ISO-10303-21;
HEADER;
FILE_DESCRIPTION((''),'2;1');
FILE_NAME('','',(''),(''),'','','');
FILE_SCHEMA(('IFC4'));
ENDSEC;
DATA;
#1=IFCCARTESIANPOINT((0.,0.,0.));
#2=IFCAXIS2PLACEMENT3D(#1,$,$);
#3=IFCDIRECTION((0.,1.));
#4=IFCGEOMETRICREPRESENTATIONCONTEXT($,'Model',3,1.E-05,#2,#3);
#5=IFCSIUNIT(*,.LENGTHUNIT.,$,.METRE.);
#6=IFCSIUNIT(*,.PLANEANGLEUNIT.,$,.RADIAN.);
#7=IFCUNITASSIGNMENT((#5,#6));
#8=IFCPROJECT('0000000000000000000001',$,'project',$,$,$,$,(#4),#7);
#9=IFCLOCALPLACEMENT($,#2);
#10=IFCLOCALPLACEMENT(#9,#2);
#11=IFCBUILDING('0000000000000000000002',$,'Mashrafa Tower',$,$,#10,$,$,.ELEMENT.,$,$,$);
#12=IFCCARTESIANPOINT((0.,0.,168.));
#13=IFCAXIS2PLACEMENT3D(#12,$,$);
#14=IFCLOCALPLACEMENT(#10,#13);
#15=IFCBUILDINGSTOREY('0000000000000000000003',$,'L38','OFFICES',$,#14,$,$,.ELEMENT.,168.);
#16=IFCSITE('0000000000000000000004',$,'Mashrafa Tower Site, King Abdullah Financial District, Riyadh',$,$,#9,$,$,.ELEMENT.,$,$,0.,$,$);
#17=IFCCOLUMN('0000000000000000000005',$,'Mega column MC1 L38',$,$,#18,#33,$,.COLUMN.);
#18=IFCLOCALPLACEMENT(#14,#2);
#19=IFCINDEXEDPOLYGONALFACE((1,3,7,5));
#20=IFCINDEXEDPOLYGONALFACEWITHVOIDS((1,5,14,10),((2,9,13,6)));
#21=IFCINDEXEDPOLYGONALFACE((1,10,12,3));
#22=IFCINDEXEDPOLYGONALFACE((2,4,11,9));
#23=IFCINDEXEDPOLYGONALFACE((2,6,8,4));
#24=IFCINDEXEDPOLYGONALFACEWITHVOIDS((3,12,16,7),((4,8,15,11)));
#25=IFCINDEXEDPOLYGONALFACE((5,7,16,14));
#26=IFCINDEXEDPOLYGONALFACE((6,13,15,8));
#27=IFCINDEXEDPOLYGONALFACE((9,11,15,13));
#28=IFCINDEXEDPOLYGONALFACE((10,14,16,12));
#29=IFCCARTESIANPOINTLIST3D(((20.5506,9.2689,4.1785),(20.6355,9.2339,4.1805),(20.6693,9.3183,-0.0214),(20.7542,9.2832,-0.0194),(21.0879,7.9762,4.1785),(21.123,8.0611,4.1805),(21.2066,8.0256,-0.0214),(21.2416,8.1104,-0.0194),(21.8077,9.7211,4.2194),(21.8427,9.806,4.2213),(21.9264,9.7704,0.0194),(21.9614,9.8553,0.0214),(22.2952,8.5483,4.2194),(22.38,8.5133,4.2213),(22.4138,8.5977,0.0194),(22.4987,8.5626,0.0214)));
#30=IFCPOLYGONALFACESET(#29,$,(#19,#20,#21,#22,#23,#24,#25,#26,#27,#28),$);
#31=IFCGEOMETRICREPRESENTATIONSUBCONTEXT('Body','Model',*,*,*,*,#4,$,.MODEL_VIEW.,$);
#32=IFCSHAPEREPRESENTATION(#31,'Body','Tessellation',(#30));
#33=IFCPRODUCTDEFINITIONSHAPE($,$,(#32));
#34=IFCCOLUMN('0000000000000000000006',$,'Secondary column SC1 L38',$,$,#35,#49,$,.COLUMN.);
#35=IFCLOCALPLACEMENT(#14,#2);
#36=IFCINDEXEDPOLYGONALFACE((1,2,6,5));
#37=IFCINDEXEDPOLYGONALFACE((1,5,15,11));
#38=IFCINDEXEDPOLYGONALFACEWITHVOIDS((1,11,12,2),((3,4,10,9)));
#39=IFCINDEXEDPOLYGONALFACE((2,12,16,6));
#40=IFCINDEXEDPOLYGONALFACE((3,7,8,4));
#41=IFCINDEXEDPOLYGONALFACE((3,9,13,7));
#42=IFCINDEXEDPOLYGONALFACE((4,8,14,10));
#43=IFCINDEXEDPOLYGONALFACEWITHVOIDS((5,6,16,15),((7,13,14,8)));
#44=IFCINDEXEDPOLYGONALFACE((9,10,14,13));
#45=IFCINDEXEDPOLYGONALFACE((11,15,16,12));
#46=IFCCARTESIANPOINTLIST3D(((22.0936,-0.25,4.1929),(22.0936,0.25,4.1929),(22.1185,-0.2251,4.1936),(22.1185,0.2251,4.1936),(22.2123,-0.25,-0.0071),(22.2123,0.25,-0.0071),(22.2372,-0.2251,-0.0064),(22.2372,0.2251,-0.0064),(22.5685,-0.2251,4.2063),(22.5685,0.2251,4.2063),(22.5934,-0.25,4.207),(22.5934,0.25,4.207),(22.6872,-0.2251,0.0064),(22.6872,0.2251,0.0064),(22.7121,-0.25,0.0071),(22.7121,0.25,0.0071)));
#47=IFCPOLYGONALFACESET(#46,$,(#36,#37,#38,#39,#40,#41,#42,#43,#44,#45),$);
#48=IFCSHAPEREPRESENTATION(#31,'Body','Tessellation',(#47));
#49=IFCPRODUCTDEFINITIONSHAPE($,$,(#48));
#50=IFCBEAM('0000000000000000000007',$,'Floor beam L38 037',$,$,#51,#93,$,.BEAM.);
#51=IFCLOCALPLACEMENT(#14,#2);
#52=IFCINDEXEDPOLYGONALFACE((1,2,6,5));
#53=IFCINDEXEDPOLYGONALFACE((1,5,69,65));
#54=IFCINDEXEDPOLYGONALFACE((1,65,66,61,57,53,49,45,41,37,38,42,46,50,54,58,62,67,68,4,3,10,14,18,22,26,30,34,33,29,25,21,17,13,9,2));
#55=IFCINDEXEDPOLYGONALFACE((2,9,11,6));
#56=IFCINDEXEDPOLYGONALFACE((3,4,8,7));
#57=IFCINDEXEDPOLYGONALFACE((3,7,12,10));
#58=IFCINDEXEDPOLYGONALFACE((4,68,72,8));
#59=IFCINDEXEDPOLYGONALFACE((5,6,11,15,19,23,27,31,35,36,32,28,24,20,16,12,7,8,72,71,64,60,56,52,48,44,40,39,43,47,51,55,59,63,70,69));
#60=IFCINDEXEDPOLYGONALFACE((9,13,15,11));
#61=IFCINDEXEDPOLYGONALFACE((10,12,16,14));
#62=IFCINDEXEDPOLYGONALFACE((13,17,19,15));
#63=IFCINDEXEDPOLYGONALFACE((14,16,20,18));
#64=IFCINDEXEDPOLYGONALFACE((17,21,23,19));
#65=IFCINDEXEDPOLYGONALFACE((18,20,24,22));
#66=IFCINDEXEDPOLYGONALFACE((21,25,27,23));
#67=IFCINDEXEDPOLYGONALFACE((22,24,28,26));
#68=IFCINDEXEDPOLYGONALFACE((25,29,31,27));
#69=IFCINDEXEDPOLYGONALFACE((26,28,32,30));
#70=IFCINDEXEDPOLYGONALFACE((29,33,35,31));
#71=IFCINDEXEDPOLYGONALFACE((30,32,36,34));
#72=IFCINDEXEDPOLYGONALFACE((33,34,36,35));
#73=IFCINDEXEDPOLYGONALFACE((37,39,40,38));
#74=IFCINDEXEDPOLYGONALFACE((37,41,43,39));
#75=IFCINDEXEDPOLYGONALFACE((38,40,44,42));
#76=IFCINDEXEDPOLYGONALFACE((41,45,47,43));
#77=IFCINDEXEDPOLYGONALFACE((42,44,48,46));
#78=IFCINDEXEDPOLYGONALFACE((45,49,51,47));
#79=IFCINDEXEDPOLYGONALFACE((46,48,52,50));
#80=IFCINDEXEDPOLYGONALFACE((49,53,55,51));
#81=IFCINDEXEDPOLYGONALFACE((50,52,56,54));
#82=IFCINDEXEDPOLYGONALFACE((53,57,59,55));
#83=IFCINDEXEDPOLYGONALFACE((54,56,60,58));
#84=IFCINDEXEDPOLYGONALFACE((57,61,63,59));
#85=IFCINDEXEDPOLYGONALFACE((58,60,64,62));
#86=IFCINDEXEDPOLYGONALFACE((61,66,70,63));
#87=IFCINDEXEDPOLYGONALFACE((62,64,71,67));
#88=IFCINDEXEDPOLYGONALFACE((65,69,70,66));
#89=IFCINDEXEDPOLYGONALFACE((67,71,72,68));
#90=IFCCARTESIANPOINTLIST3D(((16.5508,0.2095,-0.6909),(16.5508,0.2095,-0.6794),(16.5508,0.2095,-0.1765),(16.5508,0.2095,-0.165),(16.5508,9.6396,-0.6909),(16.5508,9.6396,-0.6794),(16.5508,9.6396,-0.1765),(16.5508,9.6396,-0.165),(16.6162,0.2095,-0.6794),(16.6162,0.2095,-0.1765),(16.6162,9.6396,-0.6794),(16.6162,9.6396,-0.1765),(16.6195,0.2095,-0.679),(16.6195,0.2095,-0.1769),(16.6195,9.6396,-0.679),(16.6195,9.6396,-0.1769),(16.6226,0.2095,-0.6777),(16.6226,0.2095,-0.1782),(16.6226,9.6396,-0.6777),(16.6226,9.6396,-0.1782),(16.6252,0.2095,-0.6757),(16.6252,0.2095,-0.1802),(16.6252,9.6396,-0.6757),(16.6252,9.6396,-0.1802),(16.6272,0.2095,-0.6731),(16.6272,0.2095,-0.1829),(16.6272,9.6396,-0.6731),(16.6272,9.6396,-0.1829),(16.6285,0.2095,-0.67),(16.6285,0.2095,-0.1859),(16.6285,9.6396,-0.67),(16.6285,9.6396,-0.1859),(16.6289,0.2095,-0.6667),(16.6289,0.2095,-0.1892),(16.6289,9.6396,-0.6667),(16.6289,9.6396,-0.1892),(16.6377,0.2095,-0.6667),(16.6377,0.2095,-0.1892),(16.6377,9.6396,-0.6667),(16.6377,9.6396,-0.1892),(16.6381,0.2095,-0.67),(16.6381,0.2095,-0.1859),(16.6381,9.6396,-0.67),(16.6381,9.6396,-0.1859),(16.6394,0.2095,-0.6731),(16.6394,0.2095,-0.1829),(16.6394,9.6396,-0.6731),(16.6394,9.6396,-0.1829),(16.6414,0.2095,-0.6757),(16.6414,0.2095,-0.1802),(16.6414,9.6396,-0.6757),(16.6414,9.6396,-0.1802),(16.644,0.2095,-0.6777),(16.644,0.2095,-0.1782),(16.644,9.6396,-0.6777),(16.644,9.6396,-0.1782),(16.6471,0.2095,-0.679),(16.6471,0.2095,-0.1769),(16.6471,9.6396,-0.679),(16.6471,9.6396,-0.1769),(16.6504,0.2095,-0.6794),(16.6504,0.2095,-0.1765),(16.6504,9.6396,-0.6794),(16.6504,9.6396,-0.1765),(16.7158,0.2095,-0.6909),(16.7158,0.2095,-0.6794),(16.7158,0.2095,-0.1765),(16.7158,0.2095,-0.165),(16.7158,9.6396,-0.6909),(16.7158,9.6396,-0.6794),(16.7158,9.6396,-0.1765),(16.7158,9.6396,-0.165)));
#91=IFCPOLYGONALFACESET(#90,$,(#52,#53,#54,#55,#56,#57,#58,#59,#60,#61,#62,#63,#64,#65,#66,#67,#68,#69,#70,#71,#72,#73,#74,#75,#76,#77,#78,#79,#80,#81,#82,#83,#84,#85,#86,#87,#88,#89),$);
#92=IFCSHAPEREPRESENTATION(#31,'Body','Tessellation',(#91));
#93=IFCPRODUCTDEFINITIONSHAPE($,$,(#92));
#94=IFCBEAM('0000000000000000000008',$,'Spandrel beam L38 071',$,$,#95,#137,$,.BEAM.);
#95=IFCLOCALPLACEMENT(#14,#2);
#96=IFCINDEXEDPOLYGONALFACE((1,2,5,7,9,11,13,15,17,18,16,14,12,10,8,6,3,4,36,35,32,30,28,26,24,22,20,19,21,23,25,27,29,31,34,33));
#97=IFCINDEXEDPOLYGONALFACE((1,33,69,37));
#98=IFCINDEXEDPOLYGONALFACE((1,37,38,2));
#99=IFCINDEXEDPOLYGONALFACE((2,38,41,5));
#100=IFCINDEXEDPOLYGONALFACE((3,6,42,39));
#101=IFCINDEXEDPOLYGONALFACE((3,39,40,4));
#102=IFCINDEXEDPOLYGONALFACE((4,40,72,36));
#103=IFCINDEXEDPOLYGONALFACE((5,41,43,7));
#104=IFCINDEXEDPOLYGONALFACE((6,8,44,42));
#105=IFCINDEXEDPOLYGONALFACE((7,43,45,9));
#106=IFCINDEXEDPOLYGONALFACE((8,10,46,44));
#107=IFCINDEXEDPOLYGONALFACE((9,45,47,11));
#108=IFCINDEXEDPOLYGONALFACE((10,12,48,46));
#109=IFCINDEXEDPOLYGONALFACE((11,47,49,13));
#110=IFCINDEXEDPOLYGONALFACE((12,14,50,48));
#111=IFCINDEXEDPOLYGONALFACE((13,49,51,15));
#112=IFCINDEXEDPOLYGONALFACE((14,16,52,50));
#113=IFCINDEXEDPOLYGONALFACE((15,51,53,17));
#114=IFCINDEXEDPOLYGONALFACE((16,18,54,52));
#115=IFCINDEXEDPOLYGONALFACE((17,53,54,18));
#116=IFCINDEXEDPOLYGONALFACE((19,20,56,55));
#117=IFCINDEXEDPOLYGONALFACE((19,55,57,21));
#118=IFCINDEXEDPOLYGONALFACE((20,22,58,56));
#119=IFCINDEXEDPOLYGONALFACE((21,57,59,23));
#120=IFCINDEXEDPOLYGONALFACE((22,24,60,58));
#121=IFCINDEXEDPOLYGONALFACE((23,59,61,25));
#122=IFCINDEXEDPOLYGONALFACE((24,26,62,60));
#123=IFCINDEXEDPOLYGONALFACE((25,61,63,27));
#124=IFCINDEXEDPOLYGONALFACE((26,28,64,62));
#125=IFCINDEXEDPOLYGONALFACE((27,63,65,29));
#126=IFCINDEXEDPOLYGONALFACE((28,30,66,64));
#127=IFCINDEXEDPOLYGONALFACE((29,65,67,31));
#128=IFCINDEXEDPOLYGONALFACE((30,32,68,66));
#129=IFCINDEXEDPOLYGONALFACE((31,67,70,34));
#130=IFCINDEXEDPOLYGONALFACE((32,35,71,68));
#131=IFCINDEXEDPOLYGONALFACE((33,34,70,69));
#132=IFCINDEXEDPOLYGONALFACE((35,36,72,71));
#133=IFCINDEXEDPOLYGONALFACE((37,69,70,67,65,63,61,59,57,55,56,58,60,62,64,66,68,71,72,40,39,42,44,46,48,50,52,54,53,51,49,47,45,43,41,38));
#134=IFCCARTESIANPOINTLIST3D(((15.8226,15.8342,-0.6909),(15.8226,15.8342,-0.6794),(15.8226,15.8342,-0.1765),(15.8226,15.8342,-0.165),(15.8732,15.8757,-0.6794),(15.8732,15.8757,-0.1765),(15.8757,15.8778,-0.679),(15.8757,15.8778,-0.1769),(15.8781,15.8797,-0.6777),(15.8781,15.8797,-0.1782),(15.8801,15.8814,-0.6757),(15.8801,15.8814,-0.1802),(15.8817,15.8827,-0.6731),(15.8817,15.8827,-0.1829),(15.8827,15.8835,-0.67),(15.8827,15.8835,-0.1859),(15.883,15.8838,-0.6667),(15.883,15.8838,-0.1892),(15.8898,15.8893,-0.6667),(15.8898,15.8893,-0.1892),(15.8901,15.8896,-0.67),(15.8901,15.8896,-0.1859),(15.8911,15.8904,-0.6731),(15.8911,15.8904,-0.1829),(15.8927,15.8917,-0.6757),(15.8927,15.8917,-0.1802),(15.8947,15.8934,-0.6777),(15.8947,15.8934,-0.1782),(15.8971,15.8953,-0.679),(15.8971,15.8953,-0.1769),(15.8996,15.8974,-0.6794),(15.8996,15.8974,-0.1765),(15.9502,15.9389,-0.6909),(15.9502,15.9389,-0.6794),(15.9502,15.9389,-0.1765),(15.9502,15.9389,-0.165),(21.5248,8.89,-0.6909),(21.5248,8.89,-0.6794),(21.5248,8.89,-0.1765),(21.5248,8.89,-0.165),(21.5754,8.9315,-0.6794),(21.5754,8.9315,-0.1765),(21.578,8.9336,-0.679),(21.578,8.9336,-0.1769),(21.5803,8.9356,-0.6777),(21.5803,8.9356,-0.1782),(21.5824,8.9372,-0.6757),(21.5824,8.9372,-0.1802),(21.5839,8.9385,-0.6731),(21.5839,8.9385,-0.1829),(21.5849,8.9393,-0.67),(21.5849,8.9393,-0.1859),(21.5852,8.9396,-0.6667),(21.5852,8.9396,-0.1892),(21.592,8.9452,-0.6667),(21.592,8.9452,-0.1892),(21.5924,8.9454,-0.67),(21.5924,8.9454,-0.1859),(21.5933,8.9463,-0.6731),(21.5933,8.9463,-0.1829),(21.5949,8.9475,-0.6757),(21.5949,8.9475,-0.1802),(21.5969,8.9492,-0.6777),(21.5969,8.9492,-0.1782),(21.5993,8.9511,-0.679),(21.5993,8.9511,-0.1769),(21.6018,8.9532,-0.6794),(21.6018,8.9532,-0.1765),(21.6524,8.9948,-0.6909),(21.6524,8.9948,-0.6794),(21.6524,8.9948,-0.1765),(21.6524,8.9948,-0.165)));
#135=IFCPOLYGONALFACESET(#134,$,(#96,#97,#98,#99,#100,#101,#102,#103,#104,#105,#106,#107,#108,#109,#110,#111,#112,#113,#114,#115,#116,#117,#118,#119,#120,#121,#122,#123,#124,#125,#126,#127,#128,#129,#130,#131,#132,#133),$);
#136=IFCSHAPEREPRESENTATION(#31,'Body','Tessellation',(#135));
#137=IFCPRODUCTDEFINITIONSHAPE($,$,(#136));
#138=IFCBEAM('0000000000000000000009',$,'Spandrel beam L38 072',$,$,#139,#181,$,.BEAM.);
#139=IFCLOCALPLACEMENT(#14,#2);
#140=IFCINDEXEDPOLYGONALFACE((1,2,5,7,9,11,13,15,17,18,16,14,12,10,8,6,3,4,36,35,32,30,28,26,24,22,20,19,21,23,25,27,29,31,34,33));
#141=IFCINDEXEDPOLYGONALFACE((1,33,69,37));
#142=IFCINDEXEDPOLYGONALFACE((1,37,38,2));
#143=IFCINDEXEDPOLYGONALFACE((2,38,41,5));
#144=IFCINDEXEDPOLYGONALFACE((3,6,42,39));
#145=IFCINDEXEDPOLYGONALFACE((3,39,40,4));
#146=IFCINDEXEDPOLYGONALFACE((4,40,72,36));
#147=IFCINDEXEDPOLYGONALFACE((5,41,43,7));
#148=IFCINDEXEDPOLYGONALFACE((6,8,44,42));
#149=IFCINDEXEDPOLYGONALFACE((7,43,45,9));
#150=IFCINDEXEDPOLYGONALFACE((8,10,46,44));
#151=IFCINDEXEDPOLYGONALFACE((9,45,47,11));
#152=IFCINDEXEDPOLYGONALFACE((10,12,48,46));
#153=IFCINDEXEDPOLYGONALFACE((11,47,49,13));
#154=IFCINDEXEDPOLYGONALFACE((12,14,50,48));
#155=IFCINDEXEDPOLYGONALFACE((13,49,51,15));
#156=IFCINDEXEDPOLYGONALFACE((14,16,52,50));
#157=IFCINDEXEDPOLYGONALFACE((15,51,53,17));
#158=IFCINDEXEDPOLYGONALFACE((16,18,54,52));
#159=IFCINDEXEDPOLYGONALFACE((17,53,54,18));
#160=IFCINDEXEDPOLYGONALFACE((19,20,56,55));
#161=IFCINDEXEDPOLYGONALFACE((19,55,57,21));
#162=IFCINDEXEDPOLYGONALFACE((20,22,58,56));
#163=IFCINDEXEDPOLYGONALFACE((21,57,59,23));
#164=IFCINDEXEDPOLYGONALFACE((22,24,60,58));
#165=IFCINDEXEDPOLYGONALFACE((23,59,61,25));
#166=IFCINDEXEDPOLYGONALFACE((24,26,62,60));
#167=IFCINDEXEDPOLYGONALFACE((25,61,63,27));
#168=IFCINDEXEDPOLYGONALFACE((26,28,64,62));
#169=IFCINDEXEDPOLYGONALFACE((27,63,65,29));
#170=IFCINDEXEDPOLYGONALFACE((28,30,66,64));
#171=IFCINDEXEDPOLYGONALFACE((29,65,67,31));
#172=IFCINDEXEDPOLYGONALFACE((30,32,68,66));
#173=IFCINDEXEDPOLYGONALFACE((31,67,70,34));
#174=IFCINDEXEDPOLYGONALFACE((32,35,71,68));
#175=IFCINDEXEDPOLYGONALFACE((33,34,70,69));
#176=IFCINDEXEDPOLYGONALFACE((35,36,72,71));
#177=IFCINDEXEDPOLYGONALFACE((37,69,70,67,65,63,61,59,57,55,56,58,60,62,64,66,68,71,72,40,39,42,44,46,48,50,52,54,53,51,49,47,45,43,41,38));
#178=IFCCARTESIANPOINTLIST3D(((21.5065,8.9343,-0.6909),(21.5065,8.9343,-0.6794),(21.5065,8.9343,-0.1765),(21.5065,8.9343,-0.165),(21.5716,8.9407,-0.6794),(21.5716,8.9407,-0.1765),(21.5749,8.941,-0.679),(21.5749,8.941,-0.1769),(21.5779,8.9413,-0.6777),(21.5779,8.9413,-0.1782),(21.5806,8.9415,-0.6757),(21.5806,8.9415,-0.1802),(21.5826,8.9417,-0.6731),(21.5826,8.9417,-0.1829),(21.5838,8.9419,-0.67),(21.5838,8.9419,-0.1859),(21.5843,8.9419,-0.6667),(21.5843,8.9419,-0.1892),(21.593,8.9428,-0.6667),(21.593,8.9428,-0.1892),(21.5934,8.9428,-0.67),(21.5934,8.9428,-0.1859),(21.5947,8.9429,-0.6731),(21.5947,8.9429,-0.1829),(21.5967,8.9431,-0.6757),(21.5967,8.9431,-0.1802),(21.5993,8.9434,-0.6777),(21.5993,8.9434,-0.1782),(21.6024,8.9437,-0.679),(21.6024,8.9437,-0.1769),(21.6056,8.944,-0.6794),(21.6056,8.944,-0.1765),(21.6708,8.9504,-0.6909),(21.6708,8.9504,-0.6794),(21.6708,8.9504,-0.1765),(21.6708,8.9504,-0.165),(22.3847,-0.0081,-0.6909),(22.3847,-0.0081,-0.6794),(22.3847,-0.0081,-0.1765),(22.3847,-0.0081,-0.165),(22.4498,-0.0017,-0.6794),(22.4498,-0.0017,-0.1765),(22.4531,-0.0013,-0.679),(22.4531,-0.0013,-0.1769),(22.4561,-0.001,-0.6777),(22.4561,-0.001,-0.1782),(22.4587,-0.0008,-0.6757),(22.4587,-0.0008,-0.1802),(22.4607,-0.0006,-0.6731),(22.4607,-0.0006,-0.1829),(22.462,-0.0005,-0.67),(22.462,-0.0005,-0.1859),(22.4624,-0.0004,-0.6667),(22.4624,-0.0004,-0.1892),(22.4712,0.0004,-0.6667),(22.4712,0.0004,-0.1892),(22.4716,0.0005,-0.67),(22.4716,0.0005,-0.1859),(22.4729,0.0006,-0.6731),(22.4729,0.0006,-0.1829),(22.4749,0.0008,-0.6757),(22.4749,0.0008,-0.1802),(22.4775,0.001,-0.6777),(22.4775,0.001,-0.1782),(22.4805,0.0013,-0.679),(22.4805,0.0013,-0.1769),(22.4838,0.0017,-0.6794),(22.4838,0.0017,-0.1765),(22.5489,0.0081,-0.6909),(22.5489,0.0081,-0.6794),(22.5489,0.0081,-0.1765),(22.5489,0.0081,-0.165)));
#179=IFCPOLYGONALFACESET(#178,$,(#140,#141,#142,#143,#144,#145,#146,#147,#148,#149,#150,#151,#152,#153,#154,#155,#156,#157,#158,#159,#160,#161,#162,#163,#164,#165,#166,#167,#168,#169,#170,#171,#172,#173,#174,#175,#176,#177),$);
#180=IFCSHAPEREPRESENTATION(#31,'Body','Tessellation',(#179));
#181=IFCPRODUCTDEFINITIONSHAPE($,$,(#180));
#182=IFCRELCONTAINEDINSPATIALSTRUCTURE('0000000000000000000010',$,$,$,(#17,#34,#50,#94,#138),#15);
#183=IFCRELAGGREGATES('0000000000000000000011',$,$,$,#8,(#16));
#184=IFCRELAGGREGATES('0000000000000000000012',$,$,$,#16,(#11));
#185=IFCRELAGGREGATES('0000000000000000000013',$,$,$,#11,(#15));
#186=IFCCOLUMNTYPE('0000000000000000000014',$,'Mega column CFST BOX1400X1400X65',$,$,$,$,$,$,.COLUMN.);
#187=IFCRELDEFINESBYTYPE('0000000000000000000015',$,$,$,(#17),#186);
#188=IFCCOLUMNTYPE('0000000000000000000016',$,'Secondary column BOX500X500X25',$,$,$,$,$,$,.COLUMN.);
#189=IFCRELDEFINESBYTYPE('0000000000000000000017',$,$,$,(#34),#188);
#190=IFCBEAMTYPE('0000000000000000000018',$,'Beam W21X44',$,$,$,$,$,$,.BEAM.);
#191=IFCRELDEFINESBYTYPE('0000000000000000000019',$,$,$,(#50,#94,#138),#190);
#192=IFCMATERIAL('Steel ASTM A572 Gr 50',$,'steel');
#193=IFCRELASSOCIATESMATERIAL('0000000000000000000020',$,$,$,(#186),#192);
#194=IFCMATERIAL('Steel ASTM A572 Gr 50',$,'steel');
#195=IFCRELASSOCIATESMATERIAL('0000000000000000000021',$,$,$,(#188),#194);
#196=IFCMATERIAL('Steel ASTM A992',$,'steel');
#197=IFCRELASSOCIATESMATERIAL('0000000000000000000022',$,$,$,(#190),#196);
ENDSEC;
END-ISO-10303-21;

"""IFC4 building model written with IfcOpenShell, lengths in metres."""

from ifc_helpers import new_model, si_unit, direction, frame, origin, origin_2d, place, context, subcontext, project, spatial, hollow_rectangle, i_section, extrude, material, material_profile, profile_set, type_object, element, save


model = new_model("IFC4")

# Units and contexts
model_context = context("Model", 3, precision=1e-05, world=origin(), true_north=direction((0.0, 1.0)))
body_context = subcontext(model_context, "Body", "Model", "MODEL_VIEW")
ifc_project = project(units=[si_unit("LENGTHUNIT", "METRE"), si_unit("PLANEANGLEUNIT", "RADIAN")], contexts=[model_context])

# Site, building, storey
site_placement = place(None, origin())
site = spatial("IfcSite", under=ifc_project, at=site_placement, Name="Mashrafa Tower Site, King Abdullah Financial District, Riyadh", CompositionType="ELEMENT", RefElevation=0.0)
building_placement = place(site_placement, origin())
building = spatial("IfcBuilding", under=site, at=building_placement, Name="Mashrafa Tower", CompositionType="ELEMENT")
storey_placement = place(building_placement, frame((0.0, 0.0, 168.0)))
storey = spatial("IfcBuildingStorey", under=building, at=storey_placement, Name="L38", Description="OFFICES", CompositionType="ELEMENT", Elevation=168.0)

# Columns
ifc_material_1 = material(Name="Steel ASTM A572 Gr 50", Category="steel")
ifc_material_profile_1 = material_profile(ifc_material_1, hollow_rectangle(XDim=1.3999, YDim=1.3999, WallThickness=0.0649, at=origin_2d()), Name="BOX1400X1400X65")
ifc_profile_set_1 = profile_set([ifc_material_profile_1], Name="Steel ASTM A572 Gr 50")
column_type_1 = type_object("IfcColumnType", Name="Mega column CFST BOX1400X1400X65", PredefinedType="COLUMN", material=ifc_profile_set_1)
column_1_placement = place(storey_placement, frame((21.584, 8.9404, 0.0), z_axis=(-0.028238, -0.011737, 0.999532), x_axis=(0.383806, -0.923414, 0.0)))
element("IfcColumn", 1, at=column_1_placement, inside=storey, type_object=column_type_1, Name="Mega column MC1 L38", PredefinedType="COLUMN", context=body_context, shape_type="SweptSolid", body=[
    extrude(hollow_rectangle(XDim=1.3999, YDim=1.3999, WallThickness=0.0649, at=origin_2d()), origin(), (0.0, 0.0, 1.0), 4.2019),
])
ifc_material_2 = material(Name="Steel ASTM A572 Gr 50", Category="steel")
ifc_material_profile_2 = material_profile(ifc_material_2, hollow_rectangle(XDim=0.5, YDim=0.5, WallThickness=0.0249, at=origin_2d()), Name="BOX500X500X25")
ifc_profile_set_2 = profile_set([ifc_material_profile_2], Name="Steel ASTM A572 Gr 50")
column_type_2 = type_object("IfcColumnType", Name="Secondary column BOX500X500X25", PredefinedType="COLUMN", material=ifc_profile_set_2)
column_2_placement = place(storey_placement, frame((22.4622, 0.0, 0.0), z_axis=(-0.02824, 0.0, 0.999601), x_axis=(0.0, -1.0, 0.0)))
element("IfcColumn", 2, at=column_2_placement, inside=storey, type_object=column_type_2, Name="Secondary column SC1 L38", PredefinedType="COLUMN", context=body_context, shape_type="SweptSolid", body=[
    extrude(hollow_rectangle(XDim=0.5, YDim=0.5, WallThickness=0.0249, at=origin_2d()), origin(), (0.0, 0.0, 1.0), 4.2017),
])

# Beams
ifc_material_3 = material(Name="Steel ASTM A992", Category="steel")
ifc_material_profile_3 = material_profile(ifc_material_3, i_section(OverallWidth=0.165, OverallDepth=0.5259, WebThickness=0.0088, FlangeThickness=0.0115, FilletRadius=0.0127, at=origin_2d()), Name="W21X44")
ifc_profile_set_3 = profile_set([ifc_material_profile_3], Name="Steel ASTM A992")
beam_type_1 = type_object("IfcBeamType", Name="Beam W21X44", PredefinedType="BEAM", material=ifc_profile_set_3)
beam_1_placement = place(storey_placement, frame((16.6333, 9.6396, -0.428), z_axis=(0.0, -1.0, 0.0), x_axis=(1.0, 0.0, 0.0)))
element("IfcBeam", 3, at=beam_1_placement, inside=storey, type_object=beam_type_1, Name="Floor beam L38 037", PredefinedType="BEAM", context=body_context, shape_type="SweptSolid", body=[
    extrude(i_section(OverallWidth=0.165, OverallDepth=0.5259, WebThickness=0.0088, FlangeThickness=0.0115, FilletRadius=0.0127, at=origin_2d()), origin(), (0.0, 0.0, 1.0), 9.4302),
])
for number, where, z_axis, x_axis, name in (
    (4, (21.5886, 8.9424, -0.428), (-0.634611, 0.772831, 0.0), (-0.772831, -0.634611, 0.0), "Spandrel beam L38 071"),
    (5, (22.4668, 0.0, -0.428), (-0.097733, 0.995213, 0.0), (-0.995213, -0.097733, 0.0), "Spandrel beam L38 072"),
):
    element("IfcBeam", number, at=place(storey_placement, frame(where, z_axis=z_axis, x_axis=x_axis)), inside=storey, type_object=beam_type_1, Name=name, PredefinedType="BEAM", context=body_context, shape_type="SweptSolid", body=[
        extrude(i_section(OverallWidth=0.165, OverallDepth=0.5259, WebThickness=0.0088, FlangeThickness=0.0115, FilletRadius=0.0127, at=origin_2d()), origin(), (0.0, 0.0, 1.0), 8.9854),
    ])

save(model, "model.ifc")
